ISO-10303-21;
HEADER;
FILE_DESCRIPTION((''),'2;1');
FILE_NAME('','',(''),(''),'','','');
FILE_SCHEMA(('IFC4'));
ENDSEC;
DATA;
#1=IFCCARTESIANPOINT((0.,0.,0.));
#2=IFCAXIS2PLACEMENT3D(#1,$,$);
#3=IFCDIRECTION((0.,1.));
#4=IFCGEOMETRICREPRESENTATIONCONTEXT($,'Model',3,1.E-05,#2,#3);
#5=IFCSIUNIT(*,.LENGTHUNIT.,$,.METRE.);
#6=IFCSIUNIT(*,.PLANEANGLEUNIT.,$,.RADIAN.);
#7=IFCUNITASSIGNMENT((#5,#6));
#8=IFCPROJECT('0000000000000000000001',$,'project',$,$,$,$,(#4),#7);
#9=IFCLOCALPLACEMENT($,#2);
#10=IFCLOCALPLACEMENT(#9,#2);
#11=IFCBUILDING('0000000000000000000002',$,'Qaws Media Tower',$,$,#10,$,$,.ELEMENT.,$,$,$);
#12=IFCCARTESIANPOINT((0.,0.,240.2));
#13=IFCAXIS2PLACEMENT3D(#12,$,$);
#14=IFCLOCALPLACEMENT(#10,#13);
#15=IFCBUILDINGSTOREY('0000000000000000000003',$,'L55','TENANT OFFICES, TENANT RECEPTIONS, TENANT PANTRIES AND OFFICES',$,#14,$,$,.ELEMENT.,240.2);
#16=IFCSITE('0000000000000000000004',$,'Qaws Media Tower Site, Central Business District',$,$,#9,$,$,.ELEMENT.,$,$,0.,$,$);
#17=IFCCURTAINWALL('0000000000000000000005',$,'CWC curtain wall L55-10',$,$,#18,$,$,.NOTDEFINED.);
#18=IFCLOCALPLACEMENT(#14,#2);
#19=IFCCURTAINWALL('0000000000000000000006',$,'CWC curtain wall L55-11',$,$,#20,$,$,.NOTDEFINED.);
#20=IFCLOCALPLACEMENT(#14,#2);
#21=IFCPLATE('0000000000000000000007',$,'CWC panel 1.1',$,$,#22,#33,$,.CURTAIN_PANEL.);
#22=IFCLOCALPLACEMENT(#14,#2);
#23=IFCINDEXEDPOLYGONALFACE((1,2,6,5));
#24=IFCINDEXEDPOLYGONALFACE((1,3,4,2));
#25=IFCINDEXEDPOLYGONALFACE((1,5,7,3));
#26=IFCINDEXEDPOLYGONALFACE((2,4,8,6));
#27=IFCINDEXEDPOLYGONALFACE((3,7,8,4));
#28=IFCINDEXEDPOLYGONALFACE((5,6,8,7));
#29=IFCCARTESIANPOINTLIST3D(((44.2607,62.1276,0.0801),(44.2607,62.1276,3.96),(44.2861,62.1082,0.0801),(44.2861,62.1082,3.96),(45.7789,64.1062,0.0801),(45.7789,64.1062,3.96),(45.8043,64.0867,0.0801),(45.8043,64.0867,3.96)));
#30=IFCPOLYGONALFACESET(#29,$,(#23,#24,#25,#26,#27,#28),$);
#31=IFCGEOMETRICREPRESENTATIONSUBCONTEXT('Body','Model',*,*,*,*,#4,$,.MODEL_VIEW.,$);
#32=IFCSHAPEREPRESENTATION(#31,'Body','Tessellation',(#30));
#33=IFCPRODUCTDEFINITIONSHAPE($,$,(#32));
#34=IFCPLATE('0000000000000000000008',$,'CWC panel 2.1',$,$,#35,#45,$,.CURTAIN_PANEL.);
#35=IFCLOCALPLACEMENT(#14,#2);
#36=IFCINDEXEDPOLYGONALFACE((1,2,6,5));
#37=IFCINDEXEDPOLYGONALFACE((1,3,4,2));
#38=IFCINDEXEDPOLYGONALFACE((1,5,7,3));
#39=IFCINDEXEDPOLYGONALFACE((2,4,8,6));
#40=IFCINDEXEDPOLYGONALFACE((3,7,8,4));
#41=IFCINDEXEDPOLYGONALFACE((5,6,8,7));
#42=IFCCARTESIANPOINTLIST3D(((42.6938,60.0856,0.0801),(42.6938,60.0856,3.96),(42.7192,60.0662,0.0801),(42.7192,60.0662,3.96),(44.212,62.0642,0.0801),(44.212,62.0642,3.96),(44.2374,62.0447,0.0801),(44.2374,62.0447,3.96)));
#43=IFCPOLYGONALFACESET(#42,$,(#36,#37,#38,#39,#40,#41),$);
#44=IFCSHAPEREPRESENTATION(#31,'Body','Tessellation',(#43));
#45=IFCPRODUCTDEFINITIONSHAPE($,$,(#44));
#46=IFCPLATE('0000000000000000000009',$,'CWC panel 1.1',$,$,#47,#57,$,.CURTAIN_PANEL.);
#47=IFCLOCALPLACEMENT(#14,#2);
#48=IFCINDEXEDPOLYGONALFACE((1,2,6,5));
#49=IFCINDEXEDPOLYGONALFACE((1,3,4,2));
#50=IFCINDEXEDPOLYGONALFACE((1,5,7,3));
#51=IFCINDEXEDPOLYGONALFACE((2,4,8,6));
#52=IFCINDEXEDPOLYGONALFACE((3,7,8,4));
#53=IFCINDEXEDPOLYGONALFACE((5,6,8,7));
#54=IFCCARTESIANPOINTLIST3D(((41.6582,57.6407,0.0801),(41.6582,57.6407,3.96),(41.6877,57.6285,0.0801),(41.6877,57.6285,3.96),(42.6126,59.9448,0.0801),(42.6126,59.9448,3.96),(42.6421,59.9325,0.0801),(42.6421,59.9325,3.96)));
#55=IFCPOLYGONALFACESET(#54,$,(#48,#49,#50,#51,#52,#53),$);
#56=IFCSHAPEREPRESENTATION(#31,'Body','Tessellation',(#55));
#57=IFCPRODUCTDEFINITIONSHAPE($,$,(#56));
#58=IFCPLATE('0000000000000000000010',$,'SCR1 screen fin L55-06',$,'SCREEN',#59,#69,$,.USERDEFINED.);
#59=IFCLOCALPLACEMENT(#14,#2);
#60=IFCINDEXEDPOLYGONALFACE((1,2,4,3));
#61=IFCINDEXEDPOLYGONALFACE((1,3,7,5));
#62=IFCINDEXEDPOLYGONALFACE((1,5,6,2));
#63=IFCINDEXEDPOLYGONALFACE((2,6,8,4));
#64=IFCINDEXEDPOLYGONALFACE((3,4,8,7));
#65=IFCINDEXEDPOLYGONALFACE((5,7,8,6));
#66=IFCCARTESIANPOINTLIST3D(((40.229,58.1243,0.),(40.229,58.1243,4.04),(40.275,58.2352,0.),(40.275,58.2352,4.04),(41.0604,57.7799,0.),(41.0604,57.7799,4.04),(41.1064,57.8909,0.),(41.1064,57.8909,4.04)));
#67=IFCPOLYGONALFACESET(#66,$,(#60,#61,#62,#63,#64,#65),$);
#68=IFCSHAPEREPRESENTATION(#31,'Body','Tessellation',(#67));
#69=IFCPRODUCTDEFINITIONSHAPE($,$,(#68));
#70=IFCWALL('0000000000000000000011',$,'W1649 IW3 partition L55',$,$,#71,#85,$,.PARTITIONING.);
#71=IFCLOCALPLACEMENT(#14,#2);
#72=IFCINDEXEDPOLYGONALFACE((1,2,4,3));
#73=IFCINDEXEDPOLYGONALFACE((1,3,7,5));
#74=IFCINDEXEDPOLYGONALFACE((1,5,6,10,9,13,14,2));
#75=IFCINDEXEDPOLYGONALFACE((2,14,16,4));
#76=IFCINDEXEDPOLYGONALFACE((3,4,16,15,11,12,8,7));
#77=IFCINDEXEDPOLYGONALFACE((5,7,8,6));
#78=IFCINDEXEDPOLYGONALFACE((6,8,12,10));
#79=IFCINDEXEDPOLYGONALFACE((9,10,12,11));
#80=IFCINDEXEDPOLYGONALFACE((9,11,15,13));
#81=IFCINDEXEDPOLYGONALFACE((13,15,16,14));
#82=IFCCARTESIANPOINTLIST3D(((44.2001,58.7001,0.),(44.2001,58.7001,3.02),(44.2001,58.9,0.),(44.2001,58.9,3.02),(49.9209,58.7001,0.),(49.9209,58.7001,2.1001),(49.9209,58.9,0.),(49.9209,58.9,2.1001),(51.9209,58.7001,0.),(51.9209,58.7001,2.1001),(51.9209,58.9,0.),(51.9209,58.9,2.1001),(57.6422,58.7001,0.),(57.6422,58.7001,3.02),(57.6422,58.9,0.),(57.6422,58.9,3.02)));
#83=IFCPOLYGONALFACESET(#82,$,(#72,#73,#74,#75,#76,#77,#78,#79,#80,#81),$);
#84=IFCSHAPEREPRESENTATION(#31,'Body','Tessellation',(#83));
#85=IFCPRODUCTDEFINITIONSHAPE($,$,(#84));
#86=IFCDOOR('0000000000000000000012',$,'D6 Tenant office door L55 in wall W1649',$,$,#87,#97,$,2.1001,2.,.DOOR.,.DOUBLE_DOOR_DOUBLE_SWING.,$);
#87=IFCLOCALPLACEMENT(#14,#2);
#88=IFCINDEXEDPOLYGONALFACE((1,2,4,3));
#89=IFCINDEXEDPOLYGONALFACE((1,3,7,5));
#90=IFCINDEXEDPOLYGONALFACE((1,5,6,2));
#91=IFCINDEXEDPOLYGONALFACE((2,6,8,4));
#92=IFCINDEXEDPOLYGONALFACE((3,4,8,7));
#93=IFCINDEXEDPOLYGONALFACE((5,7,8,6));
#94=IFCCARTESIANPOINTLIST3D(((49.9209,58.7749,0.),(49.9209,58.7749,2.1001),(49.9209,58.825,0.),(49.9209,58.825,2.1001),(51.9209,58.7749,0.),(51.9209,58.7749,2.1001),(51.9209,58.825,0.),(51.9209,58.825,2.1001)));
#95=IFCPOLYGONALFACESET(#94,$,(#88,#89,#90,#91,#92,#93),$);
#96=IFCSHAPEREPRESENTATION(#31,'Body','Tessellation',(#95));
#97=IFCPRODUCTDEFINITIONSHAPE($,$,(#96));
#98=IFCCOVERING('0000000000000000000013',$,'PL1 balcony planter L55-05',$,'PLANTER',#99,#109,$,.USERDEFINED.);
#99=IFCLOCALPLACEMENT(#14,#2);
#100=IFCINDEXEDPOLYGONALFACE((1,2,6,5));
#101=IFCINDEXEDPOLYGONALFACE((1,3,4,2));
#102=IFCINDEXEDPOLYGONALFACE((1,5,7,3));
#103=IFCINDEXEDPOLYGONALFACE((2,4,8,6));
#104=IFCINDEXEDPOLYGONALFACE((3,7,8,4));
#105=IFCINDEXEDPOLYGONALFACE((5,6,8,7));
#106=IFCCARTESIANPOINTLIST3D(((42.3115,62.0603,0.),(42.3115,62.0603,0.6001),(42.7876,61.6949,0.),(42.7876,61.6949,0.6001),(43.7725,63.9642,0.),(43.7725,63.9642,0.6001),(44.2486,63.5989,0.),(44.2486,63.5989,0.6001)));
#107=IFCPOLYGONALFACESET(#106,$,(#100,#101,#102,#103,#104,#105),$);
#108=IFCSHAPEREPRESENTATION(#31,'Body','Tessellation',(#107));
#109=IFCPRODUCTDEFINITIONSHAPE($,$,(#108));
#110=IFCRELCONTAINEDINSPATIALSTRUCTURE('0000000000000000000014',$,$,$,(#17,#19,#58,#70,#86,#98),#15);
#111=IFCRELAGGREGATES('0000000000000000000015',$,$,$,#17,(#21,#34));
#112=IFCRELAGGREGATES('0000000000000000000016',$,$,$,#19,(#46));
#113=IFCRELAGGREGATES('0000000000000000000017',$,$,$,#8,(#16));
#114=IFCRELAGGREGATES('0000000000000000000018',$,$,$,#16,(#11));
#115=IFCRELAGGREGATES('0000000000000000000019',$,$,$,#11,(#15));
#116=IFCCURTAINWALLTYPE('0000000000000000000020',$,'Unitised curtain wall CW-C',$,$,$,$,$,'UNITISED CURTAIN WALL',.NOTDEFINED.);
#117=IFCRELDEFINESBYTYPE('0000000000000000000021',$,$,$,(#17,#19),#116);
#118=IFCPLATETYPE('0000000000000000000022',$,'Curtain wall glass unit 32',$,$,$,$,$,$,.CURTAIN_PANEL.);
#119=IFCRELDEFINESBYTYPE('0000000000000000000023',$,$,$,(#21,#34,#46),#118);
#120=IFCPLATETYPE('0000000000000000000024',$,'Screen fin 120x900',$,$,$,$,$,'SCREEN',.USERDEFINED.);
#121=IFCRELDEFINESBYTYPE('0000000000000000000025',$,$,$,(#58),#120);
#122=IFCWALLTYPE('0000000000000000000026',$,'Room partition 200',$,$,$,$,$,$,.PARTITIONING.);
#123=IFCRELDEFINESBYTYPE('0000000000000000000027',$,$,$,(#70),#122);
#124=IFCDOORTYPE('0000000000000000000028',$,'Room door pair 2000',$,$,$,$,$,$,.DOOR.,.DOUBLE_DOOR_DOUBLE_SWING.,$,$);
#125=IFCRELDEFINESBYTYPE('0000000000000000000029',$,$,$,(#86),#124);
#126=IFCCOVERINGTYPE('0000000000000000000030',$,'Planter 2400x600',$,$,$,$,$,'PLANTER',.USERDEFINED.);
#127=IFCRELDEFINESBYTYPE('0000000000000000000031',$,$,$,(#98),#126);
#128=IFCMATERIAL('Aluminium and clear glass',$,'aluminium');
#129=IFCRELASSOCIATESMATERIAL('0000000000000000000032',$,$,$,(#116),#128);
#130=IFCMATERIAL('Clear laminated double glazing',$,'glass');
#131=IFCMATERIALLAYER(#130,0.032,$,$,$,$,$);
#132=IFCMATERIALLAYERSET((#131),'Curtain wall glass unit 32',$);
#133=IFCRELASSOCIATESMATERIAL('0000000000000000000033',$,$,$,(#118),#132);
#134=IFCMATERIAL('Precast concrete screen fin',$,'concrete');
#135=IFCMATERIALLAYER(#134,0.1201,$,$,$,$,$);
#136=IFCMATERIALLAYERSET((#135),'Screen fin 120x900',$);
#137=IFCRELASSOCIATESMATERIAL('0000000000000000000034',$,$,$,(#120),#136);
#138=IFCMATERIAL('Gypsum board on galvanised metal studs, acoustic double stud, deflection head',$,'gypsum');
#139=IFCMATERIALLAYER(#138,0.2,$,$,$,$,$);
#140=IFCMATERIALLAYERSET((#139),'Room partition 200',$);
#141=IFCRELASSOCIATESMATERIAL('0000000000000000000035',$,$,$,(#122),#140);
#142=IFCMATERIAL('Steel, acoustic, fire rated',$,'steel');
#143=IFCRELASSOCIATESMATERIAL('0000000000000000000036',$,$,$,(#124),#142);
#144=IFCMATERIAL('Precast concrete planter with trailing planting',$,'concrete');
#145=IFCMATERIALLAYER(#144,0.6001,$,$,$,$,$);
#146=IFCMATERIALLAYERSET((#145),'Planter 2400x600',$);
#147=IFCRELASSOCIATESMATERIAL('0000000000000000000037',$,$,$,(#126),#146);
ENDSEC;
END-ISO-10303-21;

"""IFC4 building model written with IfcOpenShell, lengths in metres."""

from ifc_helpers import new_model, si_unit, direction, frame, frame_2d, origin, origin_2d, place, context, subcontext, project, spatial, rectangle, extrude, material, layer, layer_set, type_object, element, fill, aggregate, save


model = new_model("IFC4")

# Units and contexts
model_context = context("Model", 3, precision=1e-05, world=origin(), true_north=direction((0.0, 1.0)))
body_context = subcontext(model_context, "Body", "Model", "MODEL_VIEW")
ifc_project = project(units=[si_unit("LENGTHUNIT", "METRE"), si_unit("PLANEANGLEUNIT", "RADIAN")], contexts=[model_context])

# Site, building, storey
site_placement = place(None, origin())
site = spatial("IfcSite", under=ifc_project, at=site_placement, Name="Qaws Media Tower Site, Central Business District", CompositionType="ELEMENT", RefElevation=0.0)
building_placement = place(site_placement, origin())
building = spatial("IfcBuilding", under=site, at=building_placement, Name="Qaws Media Tower", CompositionType="ELEMENT")
storey_placement = place(building_placement, frame((0.0, 0.0, 240.2)))
storey = spatial("IfcBuildingStorey", under=building, at=storey_placement, Name="L55", Description="TENANT OFFICES, TENANT RECEPTIONS, TENANT PANTRIES AND OFFICES", CompositionType="ELEMENT", Elevation=240.2)

# Shared definitions
ifc_material_1 = material(Name="Aluminium and clear glass", Category="aluminium")
curtain_wall_type = type_object("IfcCurtainWallType", Name="Unitised curtain wall CW-C", ElementType="UNITISED CURTAIN WALL", PredefinedType="NOTDEFINED", material=ifc_material_1)

# Curtain walls
curtain_wall_1_placement = place(storey_placement, origin())
curtain_wall_1 = element("IfcCurtainWall", 1, at=curtain_wall_1_placement, inside=storey, type_object=curtain_wall_type, Name="CWC curtain wall L55-10", PredefinedType="NOTDEFINED")
curtain_wall_2_placement = place(storey_placement, origin())
curtain_wall_2 = element("IfcCurtainWall", 2, at=curtain_wall_2_placement, inside=storey, type_object=curtain_wall_type, Name="CWC curtain wall L55-11", PredefinedType="NOTDEFINED")

# Plates
ifc_material_2 = material(Name="Clear laminated double glazing", Category="glass")
ifc_layer_1 = layer(ifc_material_2, 0.032)
ifc_layer_set_1 = layer_set([ifc_layer_1], Name="Curtain wall glass unit 32")
plate_type_1 = type_object("IfcPlateType", Name="Curtain wall glass unit 32", PredefinedType="CURTAIN_PANEL", material=ifc_layer_set_1)
plate_1_placement = place(storey_placement, frame((45.0325, 63.1072, 0.0801), z_axis=(0.0, 0.0, 1.0), x_axis=(-0.608762, -0.793353, 0.0)))
plate_1 = element("IfcPlate", 3, at=plate_1_placement, type_object=plate_type_1, Name="CWC panel 1.1", PredefinedType="CURTAIN_PANEL", context=body_context, shape_type="SweptSolid", body=[
    extrude(rectangle(XDim=2.4939, YDim=0.032, at=origin_2d()), origin(), (0.0, 0.0, 1.0), 3.8799),
])
plate_2_placement = place(storey_placement, frame((43.4656, 61.0652, 0.0801), z_axis=(0.0, 0.0, 1.0), x_axis=(-0.608762, -0.793353, 0.0)))
plate_2 = element("IfcPlate", 4, at=plate_2_placement, type_object=plate_type_1, Name="CWC panel 2.1", PredefinedType="CURTAIN_PANEL", context=body_context, shape_type="SweptSolid", body=[
    extrude(rectangle(XDim=2.4939, YDim=0.032, at=origin_2d()), origin(), (0.0, 0.0, 1.0), 3.8799),
])
aggregate(curtain_wall_1, [plate_1, plate_2])
plate_3_placement = place(storey_placement, frame((42.1501, 58.7866, 0.0801), z_axis=(0.0, 0.0, 1.0), x_axis=(-0.382683, -0.92388, 0.0)))
plate_3 = element("IfcPlate", 5, at=plate_3_placement, type_object=plate_type_1, Name="CWC panel 1.1", PredefinedType="CURTAIN_PANEL", context=body_context, shape_type="SweptSolid", body=[
    extrude(rectangle(XDim=2.4939, YDim=0.032, at=origin_2d()), origin(), (0.0, 0.0, 1.0), 3.8799),
])
aggregate(curtain_wall_2, [plate_3])
ifc_material_3 = material(Name="Precast concrete screen fin", Category="concrete")
ifc_layer_2 = layer(ifc_material_3, 0.1201)
ifc_layer_set_2 = layer_set([ifc_layer_2], Name="Screen fin 120x900")
plate_type_2 = type_object("IfcPlateType", Name="Screen fin 120x900", ElementType="SCREEN", PredefinedType="USERDEFINED", material=ifc_layer_set_2)
plate_4_placement = place(storey_placement, frame((40.6677, 58.0076, 0.0), z_axis=(0.0, 0.0, 1.0), x_axis=(-0.92388, 0.382683, 0.0)))
element("IfcPlate", 6, at=plate_4_placement, inside=storey, type_object=plate_type_2, Name="SCR1 screen fin L55-06", ObjectType="SCREEN", PredefinedType="USERDEFINED", context=body_context, shape_type="SweptSolid", body=[
    extrude(rectangle(XDim=0.8999, YDim=0.1201, at=origin_2d()), origin(), (0.0, 0.0, 1.0), 4.04),
])

# Wall, opening, door
ifc_material_4 = material(Name="Gypsum board on galvanised metal studs, acoustic double stud, deflection head", Category="gypsum")
ifc_layer_3 = layer(ifc_material_4, 0.2)
ifc_layer_set_3 = layer_set([ifc_layer_3], Name="Room partition 200")
wall_type = type_object("IfcWallType", Name="Room partition 200", PredefinedType="PARTITIONING", material=ifc_layer_set_3)
wall_placement = place(storey_placement, frame((44.2, 58.8, 0.0), z_axis=(0.0, 0.0, 1.0), x_axis=(1.0, 0.0, 0.0)))
wall = element("IfcWall", 7, at=wall_placement, inside=storey, type_object=wall_type, Name="W1649 IW3 partition L55", PredefinedType="PARTITIONING", context=body_context, shape_type="SweptSolid", body=[
    extrude(rectangle(XDim=13.4421, YDim=0.2, at=frame_2d((6.7212, 0.0))), origin(), (0.0, 0.0, 1.0), 3.02),
])
opening_placement = place(wall_placement, frame((5.7209, 0.0, 0.0)))
opening = element("IfcOpeningElement", 8, at=opening_placement, cuts=wall, PredefinedType="OPENING", context=body_context, shape_type="SweptSolid", body=[
    extrude(rectangle(XDim=2.0, YDim=2.1001, at=frame_2d((1.0, 1.05))), frame((0.0, 0.1099, 0.0), z_axis=(0.0, -1.0, 0.0), x_axis=(1.0, 0.0, 0.0)), (0.0, 0.0, 1.0), 0.22),
])
ifc_material_5 = material(Name="Steel, acoustic, fire rated", Category="steel")
door_type = type_object("IfcDoorType", Name="Room door pair 2000", OperationType="DOUBLE_DOOR_DOUBLE_SWING", PredefinedType="DOOR", material=ifc_material_5)
door_placement = place(opening_placement, origin())
door = element("IfcDoor", 9, at=door_placement, inside=storey, type_object=door_type, Name="D6 Tenant office door L55 in wall W1649", OperationType="DOUBLE_DOOR_DOUBLE_SWING", OverallHeight=2.1001, OverallWidth=2.0, PredefinedType="DOOR", context=body_context, shape_type="SweptSolid", body=[
    extrude(rectangle(XDim=2.0, YDim=2.1001, at=frame_2d((1.0, 1.05))), frame((0.0, 0.0249, 0.0), z_axis=(0.0, -1.0, 0.0), x_axis=(1.0, 0.0, 0.0)), (0.0, 0.0, 1.0), 0.05),
])
fill(opening, door)

# Covering
ifc_material_6 = material(Name="Precast concrete planter with trailing planting", Category="concrete")
ifc_layer_4 = layer(ifc_material_6, 0.6001)
ifc_layer_set_4 = layer_set([ifc_layer_4], Name="Planter 2400x600")
covering_type = type_object("IfcCoveringType", Name="Planter 2400x600", ElementType="PLANTER", PredefinedType="USERDEFINED", material=ifc_layer_set_4)
covering_placement = place(storey_placement, frame((43.28, 62.8296, 0.0), z_axis=(0.0, 0.0, 1.0), x_axis=(-0.608761, -0.793353, 0.0)))
element("IfcCovering", 10, at=covering_placement, inside=storey, type_object=covering_type, Name="PL1 balcony planter L55-05", ObjectType="PLANTER", PredefinedType="USERDEFINED", context=body_context, shape_type="SweptSolid", body=[
    extrude(rectangle(XDim=2.3999, YDim=0.6001, at=origin_2d()), origin(), (0.0, 0.0, 1.0), 0.6001),
])

save(model, "model.ifc")
